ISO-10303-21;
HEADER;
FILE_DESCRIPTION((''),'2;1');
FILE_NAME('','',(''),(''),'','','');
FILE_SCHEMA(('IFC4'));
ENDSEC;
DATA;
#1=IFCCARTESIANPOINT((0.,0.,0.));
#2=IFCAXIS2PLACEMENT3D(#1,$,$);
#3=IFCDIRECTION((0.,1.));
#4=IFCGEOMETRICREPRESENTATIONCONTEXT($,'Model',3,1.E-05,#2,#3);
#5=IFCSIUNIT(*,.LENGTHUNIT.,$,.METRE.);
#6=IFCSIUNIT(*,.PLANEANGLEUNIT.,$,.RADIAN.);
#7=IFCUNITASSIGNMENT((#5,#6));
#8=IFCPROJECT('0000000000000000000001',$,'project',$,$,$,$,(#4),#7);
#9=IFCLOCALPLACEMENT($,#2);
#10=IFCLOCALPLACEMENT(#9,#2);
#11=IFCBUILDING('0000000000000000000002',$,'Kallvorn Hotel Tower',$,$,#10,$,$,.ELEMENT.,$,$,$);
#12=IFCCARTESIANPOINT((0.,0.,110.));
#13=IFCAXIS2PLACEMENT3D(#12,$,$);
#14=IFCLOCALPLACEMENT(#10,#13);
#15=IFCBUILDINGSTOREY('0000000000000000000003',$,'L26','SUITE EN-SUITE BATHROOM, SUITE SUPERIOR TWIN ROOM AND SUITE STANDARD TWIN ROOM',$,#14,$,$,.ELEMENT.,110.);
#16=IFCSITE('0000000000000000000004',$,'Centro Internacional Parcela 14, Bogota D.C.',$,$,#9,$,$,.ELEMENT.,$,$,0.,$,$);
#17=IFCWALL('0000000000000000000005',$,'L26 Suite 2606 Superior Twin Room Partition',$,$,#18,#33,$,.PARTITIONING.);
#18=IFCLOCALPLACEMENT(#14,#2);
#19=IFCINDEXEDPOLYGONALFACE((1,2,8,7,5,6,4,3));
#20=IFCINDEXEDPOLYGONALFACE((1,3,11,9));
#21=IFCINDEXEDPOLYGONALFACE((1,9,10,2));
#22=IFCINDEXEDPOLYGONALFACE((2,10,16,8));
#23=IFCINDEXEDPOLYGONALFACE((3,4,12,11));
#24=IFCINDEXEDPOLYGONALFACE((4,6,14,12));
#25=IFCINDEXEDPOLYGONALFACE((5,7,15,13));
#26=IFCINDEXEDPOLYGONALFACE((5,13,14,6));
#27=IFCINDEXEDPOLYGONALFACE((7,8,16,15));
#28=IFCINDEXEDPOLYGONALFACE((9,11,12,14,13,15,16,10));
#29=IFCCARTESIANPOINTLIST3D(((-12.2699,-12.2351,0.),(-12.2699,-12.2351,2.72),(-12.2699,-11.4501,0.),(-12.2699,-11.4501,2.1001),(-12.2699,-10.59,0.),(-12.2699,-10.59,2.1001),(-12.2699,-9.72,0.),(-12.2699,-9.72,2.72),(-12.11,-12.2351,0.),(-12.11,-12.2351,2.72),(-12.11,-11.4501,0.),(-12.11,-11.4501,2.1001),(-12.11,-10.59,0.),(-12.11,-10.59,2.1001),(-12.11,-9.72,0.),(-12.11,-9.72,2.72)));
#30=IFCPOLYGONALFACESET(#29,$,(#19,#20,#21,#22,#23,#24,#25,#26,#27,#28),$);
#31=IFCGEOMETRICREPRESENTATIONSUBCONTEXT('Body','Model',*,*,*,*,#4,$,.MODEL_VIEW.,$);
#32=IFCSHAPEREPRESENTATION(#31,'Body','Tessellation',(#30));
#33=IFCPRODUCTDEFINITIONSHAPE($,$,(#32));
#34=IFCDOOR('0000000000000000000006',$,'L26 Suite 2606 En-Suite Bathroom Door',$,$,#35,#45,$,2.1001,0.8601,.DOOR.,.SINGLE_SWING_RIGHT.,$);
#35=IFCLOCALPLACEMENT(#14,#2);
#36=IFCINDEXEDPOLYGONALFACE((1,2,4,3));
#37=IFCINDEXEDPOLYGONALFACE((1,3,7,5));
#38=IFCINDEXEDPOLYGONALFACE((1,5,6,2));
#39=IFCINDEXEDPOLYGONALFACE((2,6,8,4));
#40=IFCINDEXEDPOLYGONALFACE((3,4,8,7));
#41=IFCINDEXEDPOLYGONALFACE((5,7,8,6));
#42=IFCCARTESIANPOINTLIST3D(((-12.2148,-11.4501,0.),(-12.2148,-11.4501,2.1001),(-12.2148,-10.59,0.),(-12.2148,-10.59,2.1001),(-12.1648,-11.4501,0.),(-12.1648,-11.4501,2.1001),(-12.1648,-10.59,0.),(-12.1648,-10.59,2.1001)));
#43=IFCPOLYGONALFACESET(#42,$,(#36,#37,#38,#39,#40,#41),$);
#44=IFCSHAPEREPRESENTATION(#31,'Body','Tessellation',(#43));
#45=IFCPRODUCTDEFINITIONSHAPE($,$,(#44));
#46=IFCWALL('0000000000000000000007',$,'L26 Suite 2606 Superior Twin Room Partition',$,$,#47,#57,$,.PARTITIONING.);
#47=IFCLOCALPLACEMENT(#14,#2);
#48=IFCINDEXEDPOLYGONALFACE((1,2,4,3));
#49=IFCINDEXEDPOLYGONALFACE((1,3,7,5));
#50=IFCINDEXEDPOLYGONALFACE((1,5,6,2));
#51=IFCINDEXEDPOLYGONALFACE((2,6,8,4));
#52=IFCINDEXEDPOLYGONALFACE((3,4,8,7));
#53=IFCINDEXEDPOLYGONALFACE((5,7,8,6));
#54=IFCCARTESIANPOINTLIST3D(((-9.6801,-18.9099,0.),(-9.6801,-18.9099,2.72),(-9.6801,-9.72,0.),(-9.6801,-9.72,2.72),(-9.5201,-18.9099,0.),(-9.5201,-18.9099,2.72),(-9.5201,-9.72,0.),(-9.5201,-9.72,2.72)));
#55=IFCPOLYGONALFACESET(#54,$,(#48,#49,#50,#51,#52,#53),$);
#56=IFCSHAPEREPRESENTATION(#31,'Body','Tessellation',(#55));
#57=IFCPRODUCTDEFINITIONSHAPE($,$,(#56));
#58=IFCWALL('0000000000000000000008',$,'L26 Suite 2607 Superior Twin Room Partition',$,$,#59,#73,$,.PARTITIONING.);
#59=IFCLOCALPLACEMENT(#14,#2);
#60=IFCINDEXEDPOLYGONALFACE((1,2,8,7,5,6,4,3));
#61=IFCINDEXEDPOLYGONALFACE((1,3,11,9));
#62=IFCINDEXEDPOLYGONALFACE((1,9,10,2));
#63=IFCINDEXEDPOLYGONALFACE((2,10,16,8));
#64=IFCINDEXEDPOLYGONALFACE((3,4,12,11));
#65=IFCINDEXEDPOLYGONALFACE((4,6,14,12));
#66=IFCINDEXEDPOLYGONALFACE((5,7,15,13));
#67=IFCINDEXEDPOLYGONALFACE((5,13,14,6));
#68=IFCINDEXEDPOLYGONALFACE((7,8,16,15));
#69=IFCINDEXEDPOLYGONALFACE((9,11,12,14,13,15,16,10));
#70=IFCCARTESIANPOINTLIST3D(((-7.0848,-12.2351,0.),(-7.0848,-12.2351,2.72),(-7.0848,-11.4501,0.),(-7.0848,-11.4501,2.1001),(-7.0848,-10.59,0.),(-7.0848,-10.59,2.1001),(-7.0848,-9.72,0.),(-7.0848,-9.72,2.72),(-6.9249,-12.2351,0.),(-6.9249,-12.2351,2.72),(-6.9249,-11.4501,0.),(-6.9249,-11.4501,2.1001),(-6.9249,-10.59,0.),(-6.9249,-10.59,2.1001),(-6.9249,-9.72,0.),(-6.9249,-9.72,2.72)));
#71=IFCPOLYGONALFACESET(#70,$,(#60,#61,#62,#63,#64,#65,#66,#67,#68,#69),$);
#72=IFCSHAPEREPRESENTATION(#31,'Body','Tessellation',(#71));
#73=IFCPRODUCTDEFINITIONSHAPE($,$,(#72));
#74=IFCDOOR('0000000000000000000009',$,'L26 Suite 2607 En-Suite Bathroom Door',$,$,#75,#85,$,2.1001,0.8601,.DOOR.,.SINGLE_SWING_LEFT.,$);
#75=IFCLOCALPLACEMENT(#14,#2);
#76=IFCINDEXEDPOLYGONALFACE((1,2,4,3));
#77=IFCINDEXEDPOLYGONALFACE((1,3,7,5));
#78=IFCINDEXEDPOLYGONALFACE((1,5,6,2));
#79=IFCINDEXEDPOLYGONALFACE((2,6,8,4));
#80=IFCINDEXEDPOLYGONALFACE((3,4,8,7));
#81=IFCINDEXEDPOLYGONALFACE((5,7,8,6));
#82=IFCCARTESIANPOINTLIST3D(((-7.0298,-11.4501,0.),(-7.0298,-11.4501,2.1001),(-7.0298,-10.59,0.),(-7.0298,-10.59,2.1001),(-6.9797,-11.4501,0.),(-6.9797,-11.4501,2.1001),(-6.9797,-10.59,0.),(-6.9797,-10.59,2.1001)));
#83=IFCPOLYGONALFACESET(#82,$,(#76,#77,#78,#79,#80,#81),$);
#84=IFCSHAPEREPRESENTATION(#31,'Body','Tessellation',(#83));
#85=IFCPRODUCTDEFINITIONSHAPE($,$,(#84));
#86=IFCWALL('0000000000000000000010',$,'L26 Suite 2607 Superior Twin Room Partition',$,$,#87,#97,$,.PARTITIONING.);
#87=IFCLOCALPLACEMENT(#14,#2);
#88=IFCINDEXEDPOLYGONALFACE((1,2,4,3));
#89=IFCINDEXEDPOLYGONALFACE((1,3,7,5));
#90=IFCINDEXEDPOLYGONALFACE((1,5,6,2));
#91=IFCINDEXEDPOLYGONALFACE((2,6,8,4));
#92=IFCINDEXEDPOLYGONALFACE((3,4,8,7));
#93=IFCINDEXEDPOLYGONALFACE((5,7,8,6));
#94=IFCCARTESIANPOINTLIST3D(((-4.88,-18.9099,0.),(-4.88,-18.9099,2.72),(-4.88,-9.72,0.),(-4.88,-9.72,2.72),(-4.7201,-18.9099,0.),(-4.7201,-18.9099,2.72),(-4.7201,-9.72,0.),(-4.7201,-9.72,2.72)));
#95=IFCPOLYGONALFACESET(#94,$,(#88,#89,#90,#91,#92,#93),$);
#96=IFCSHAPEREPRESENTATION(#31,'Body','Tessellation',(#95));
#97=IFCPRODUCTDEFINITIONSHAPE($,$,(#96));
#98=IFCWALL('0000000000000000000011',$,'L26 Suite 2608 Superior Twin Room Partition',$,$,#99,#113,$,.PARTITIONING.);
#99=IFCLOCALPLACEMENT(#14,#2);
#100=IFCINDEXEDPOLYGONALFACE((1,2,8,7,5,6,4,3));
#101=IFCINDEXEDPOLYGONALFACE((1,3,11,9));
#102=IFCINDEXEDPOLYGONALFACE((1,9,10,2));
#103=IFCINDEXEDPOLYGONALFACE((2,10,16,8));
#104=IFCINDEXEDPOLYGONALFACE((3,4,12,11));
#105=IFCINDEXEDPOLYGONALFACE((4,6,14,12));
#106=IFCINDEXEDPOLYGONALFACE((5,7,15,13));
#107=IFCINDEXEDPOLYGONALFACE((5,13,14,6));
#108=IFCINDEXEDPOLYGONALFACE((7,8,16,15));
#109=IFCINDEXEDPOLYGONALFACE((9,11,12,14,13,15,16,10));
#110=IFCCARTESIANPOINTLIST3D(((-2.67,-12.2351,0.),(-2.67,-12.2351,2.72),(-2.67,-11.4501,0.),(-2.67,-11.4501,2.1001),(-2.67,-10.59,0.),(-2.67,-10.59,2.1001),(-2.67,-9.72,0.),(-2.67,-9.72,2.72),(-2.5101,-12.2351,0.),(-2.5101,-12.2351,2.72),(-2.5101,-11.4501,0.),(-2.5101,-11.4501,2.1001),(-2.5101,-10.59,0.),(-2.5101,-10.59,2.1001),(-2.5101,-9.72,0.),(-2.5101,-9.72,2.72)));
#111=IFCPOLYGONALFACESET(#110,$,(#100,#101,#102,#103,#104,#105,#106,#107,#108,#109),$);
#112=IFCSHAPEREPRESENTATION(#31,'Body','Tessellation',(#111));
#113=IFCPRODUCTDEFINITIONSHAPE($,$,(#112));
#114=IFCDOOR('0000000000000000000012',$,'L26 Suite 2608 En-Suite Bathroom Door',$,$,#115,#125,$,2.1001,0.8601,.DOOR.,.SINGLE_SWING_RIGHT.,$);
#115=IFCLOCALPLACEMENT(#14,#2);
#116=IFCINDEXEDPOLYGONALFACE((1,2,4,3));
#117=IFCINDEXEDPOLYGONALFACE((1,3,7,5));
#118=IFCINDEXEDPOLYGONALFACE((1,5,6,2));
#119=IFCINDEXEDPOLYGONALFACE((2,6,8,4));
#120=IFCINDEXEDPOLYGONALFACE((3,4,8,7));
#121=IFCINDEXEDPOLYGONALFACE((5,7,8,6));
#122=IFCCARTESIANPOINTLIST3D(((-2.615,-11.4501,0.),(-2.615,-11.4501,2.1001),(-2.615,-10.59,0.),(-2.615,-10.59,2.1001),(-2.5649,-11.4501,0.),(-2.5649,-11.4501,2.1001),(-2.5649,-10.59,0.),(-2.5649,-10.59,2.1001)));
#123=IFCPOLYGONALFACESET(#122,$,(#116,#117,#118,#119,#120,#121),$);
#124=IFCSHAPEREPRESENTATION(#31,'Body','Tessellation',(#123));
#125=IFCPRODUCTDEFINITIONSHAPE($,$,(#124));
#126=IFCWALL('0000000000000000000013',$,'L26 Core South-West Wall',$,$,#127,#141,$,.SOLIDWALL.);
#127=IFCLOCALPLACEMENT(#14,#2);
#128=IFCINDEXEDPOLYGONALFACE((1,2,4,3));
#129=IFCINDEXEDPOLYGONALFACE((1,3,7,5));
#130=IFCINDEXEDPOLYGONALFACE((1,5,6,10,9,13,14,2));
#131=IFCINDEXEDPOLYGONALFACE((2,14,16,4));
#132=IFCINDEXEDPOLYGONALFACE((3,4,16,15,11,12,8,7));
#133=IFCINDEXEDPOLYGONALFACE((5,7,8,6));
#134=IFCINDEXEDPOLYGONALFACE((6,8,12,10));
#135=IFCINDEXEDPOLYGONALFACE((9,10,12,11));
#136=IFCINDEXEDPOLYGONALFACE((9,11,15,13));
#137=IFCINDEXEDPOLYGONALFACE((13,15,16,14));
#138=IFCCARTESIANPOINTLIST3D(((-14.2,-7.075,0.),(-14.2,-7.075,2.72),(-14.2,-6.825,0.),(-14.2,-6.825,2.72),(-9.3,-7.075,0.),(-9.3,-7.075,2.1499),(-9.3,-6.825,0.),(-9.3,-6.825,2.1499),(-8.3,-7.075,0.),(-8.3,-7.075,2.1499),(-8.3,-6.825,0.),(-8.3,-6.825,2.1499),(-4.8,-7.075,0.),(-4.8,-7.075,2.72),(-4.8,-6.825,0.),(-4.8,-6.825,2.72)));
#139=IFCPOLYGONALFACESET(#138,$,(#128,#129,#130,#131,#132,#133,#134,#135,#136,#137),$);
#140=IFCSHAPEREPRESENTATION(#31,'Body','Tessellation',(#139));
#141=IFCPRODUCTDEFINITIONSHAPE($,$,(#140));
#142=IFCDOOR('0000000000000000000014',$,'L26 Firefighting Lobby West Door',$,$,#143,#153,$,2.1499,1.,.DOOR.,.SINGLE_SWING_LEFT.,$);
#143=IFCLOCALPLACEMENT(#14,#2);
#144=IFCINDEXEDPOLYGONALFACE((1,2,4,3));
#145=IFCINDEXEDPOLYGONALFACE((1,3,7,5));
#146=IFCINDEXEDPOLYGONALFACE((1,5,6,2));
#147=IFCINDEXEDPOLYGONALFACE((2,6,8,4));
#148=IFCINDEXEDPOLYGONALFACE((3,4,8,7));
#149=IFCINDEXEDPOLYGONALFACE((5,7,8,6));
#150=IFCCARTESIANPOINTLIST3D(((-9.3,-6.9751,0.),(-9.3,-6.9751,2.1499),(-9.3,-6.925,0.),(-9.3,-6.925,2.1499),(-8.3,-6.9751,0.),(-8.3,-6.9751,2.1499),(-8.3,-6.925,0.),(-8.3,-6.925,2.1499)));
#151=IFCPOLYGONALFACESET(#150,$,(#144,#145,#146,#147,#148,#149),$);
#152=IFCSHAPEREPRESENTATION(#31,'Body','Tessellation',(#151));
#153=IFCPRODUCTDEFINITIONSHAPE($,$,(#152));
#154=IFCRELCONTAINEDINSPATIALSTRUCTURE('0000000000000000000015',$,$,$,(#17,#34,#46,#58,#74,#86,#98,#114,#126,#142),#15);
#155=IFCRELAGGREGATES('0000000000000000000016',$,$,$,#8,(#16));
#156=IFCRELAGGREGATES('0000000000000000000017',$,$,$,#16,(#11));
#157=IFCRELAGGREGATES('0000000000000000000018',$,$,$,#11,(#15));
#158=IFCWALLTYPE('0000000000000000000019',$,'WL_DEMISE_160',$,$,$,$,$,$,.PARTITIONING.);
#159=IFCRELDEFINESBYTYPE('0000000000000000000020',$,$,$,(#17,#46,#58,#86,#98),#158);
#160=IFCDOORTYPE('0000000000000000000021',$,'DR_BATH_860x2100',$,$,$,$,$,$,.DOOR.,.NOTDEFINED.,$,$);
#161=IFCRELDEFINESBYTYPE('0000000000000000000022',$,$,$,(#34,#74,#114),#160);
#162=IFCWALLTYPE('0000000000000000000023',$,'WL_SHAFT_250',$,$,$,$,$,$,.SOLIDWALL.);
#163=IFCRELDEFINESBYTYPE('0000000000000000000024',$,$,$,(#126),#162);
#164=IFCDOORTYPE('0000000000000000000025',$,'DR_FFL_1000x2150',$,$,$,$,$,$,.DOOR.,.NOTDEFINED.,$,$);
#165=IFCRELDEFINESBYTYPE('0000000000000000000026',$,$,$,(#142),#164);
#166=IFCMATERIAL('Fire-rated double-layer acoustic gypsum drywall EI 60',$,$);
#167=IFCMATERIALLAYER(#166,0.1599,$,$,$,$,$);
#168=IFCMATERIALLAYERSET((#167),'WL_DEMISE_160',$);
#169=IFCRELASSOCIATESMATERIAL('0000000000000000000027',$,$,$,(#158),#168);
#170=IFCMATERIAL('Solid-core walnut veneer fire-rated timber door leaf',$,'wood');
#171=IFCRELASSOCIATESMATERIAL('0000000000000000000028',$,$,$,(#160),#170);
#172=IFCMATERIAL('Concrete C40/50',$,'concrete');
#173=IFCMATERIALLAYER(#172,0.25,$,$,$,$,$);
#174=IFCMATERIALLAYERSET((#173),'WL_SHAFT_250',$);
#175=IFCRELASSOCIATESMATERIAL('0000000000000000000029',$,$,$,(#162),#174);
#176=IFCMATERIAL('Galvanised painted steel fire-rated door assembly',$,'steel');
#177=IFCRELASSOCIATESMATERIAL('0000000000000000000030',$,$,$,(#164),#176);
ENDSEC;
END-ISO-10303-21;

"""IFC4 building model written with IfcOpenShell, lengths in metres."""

from ifc_helpers import new_model, si_unit, direction, frame, frame_2d, origin, place, context, subcontext, project, spatial, rectangle, extrude, material, layer, layer_set, type_object, element, fill, save


model = new_model("IFC4")

# Units and contexts
model_context = context("Model", 3, precision=1e-05, world=origin(), true_north=direction((0.0, 1.0)))
body_context = subcontext(model_context, "Body", "Model", "MODEL_VIEW")
ifc_project = project(units=[si_unit("LENGTHUNIT", "METRE"), si_unit("PLANEANGLEUNIT", "RADIAN")], contexts=[model_context])

# Site, building, storey
site_placement = place(None, origin())
site = spatial("IfcSite", under=ifc_project, at=site_placement, Name="Centro Internacional Parcela 14, Bogota D.C.", CompositionType="ELEMENT", RefElevation=0.0)
building_placement = place(site_placement, origin())
building = spatial("IfcBuilding", under=site, at=building_placement, Name="Kallvorn Hotel Tower", CompositionType="ELEMENT")
storey_placement = place(building_placement, frame((0.0, 0.0, 110.0)))
storey = spatial("IfcBuildingStorey", under=building, at=storey_placement, Name="L26", Description="SUITE EN-SUITE BATHROOM, SUITE SUPERIOR TWIN ROOM AND SUITE STANDARD TWIN ROOM", CompositionType="ELEMENT", Elevation=110.0)

# Shared definitions
ifc_material_1 = material(Name="Fire-rated double-layer acoustic gypsum drywall EI 60")
ifc_layer_1 = layer(ifc_material_1, 0.1599)
ifc_layer_set_1 = layer_set([ifc_layer_1], Name="WL_DEMISE_160")
wall_type_1 = type_object("IfcWallType", Name="WL_DEMISE_160", PredefinedType="PARTITIONING", material=ifc_layer_set_1)

# Wall, opening, door
wall_1_placement = place(storey_placement, frame((-12.1899, -12.2351, 0.0), z_axis=(0.0, 0.0, 1.0), x_axis=(0.0, 1.0, 0.0)))
wall_1 = element("IfcWall", 1, at=wall_1_placement, inside=storey, type_object=wall_type_1, Name="L26 Suite 2606 Superior Twin Room Partition", PredefinedType="PARTITIONING", context=body_context, shape_type="SweptSolid", body=[
    extrude(rectangle(XDim=2.5151, YDim=0.1599, at=frame_2d((1.2576, 0.0))), origin(), (0.0, 0.0, 1.0), 2.72),
])
opening_1_placement = place(wall_1_placement, frame((0.7849, 0.0, 0.0)))
opening_1 = element("IfcOpeningElement", 2, at=opening_1_placement, cuts=wall_1, PredefinedType="OPENING", context=body_context, shape_type="SweptSolid", body=[
    extrude(rectangle(XDim=0.8601, YDim=2.1001, at=frame_2d((0.4302, 1.05))), frame((0.0, 0.095, 0.0), z_axis=(0.0, -1.0, 0.0), x_axis=(1.0, 0.0, 0.0)), (0.0, 0.0, 1.0), 0.1899),
])
ifc_material_2 = material(Name="Solid-core walnut veneer fire-rated timber door leaf", Category="wood")
door_type_1 = type_object("IfcDoorType", Name="DR_BATH_860x2100", OperationType="NOTDEFINED", PredefinedType="DOOR", material=ifc_material_2)
door_1_placement = place(opening_1_placement, origin())
door_1 = element("IfcDoor", 3, at=door_1_placement, inside=storey, type_object=door_type_1, Name="L26 Suite 2606 En-Suite Bathroom Door", OperationType="SINGLE_SWING_RIGHT", OverallHeight=2.1001, OverallWidth=0.8601, PredefinedType="DOOR", context=body_context, shape_type="SweptSolid", body=[
    extrude(rectangle(XDim=0.8601, YDim=2.1001, at=frame_2d((0.4302, 1.05))), frame((0.0, 0.0249, 0.0), z_axis=(0.0, -1.0, 0.0), x_axis=(1.0, 0.0, 0.0)), (0.0, 0.0, 1.0), 0.05),
])
fill(opening_1, door_1)

# Wall
wall_2_placement = place(storey_placement, frame((-9.6001, -18.9099, 0.0), z_axis=(0.0, 0.0, 1.0), x_axis=(0.0, 1.0, 0.0)))
element("IfcWall", 4, at=wall_2_placement, inside=storey, type_object=wall_type_1, Name="L26 Suite 2606 Superior Twin Room Partition", PredefinedType="PARTITIONING", context=body_context, shape_type="SweptSolid", body=[
    extrude(rectangle(XDim=9.1899, YDim=0.1599, at=frame_2d((4.595, 0.0))), origin(), (0.0, 0.0, 1.0), 2.72),
])

# Wall, opening, door
wall_3_placement = place(storey_placement, frame((-7.0049, -12.2351, 0.0), z_axis=(0.0, 0.0, 1.0), x_axis=(0.0, 1.0, 0.0)))
wall_3 = element("IfcWall", 5, at=wall_3_placement, inside=storey, type_object=wall_type_1, Name="L26 Suite 2607 Superior Twin Room Partition", PredefinedType="PARTITIONING", context=body_context, shape_type="SweptSolid", body=[
    extrude(rectangle(XDim=2.5151, YDim=0.1599, at=frame_2d((1.2576, 0.0))), origin(), (0.0, 0.0, 1.0), 2.72),
])
opening_2_placement = place(wall_3_placement, frame((0.7849, 0.0, 0.0)))
opening_2 = element("IfcOpeningElement", 6, at=opening_2_placement, cuts=wall_3, PredefinedType="OPENING", context=body_context, shape_type="SweptSolid", body=[
    extrude(rectangle(XDim=0.8601, YDim=2.1001, at=frame_2d((0.4302, 1.05))), frame((0.0, 0.095, 0.0), z_axis=(0.0, -1.0, 0.0), x_axis=(1.0, 0.0, 0.0)), (0.0, 0.0, 1.0), 0.1899),
])
door_2_placement = place(opening_2_placement, origin())
door_2 = element("IfcDoor", 7, at=door_2_placement, inside=storey, type_object=door_type_1, Name="L26 Suite 2607 En-Suite Bathroom Door", OperationType="SINGLE_SWING_LEFT", OverallHeight=2.1001, OverallWidth=0.8601, PredefinedType="DOOR", context=body_context, shape_type="SweptSolid", body=[
    extrude(rectangle(XDim=0.8601, YDim=2.1001, at=frame_2d((0.4302, 1.05))), frame((0.0, 0.0249, 0.0), z_axis=(0.0, -1.0, 0.0), x_axis=(1.0, 0.0, 0.0)), (0.0, 0.0, 1.0), 0.05),
])
fill(opening_2, door_2)

# Wall
wall_4_placement = place(storey_placement, frame((-4.8, -18.9099, 0.0), z_axis=(0.0, 0.0, 1.0), x_axis=(0.0, 1.0, 0.0)))
element("IfcWall", 8, at=wall_4_placement, inside=storey, type_object=wall_type_1, Name="L26 Suite 2607 Superior Twin Room Partition", PredefinedType="PARTITIONING", context=body_context, shape_type="SweptSolid", body=[
    extrude(rectangle(XDim=9.1899, YDim=0.1599, at=frame_2d((4.595, 0.0))), origin(), (0.0, 0.0, 1.0), 2.72),
])

# Walls, openings, doors
wall_5_placement = place(storey_placement, frame((-2.5901, -12.2351, 0.0), z_axis=(0.0, 0.0, 1.0), x_axis=(0.0, 1.0, 0.0)))
wall_5 = element("IfcWall", 9, at=wall_5_placement, inside=storey, type_object=wall_type_1, Name="L26 Suite 2608 Superior Twin Room Partition", PredefinedType="PARTITIONING", context=body_context, shape_type="SweptSolid", body=[
    extrude(rectangle(XDim=2.5151, YDim=0.1599, at=frame_2d((1.2576, 0.0))), origin(), (0.0, 0.0, 1.0), 2.72),
])
opening_3_placement = place(wall_5_placement, frame((0.7849, 0.0, 0.0)))
opening_3 = element("IfcOpeningElement", 10, at=opening_3_placement, cuts=wall_5, PredefinedType="OPENING", context=body_context, shape_type="SweptSolid", body=[
    extrude(rectangle(XDim=0.8601, YDim=2.1001, at=frame_2d((0.4302, 1.05))), frame((0.0, 0.095, 0.0), z_axis=(0.0, -1.0, 0.0), x_axis=(1.0, 0.0, 0.0)), (0.0, 0.0, 1.0), 0.1899),
])
door_3_placement = place(opening_3_placement, origin())
door_3 = element("IfcDoor", 11, at=door_3_placement, inside=storey, type_object=door_type_1, Name="L26 Suite 2608 En-Suite Bathroom Door", OperationType="SINGLE_SWING_RIGHT", OverallHeight=2.1001, OverallWidth=0.8601, PredefinedType="DOOR", context=body_context, shape_type="SweptSolid", body=[
    extrude(rectangle(XDim=0.8601, YDim=2.1001, at=frame_2d((0.4302, 1.05))), frame((0.0, 0.0249, 0.0), z_axis=(0.0, -1.0, 0.0), x_axis=(1.0, 0.0, 0.0)), (0.0, 0.0, 1.0), 0.05),
])
fill(opening_3, door_3)
ifc_material_3 = material(Name="Concrete C40/50", Category="concrete")
ifc_layer_2 = layer(ifc_material_3, 0.25)
ifc_layer_set_2 = layer_set([ifc_layer_2], Name="WL_SHAFT_250")
wall_type_2 = type_object("IfcWallType", Name="WL_SHAFT_250", PredefinedType="SOLIDWALL", material=ifc_layer_set_2)
wall_6_placement = place(storey_placement, frame((-14.2, -6.95, 0.0), z_axis=(0.0, 0.0, 1.0), x_axis=(1.0, 0.0, 0.0)))
wall_6 = element("IfcWall", 12, at=wall_6_placement, inside=storey, type_object=wall_type_2, Name="L26 Core South-West Wall", PredefinedType="SOLIDWALL", context=body_context, shape_type="SweptSolid", body=[
    extrude(rectangle(XDim=9.3999, YDim=0.25, at=frame_2d((4.7, 0.0))), origin(), (0.0, 0.0, 1.0), 2.72),
])
opening_4_placement = place(wall_6_placement, frame((4.8999, 0.0, 0.0)))
opening_4 = element("IfcOpeningElement", 13, at=opening_4_placement, cuts=wall_6, PredefinedType="OPENING", context=body_context, shape_type="SweptSolid", body=[
    extrude(rectangle(XDim=1.0, YDim=2.1499, at=frame_2d((0.5, 1.075))), frame((0.0, 0.1399, 0.0), z_axis=(0.0, -1.0, 0.0), x_axis=(1.0, 0.0, 0.0)), (0.0, 0.0, 1.0), 0.28),
])
ifc_material_4 = material(Name="Galvanised painted steel fire-rated door assembly", Category="steel")
door_type_2 = type_object("IfcDoorType", Name="DR_FFL_1000x2150", OperationType="NOTDEFINED", PredefinedType="DOOR", material=ifc_material_4)
door_4_placement = place(opening_4_placement, origin())
door_4 = element("IfcDoor", 14, at=door_4_placement, inside=storey, type_object=door_type_2, Name="L26 Firefighting Lobby West Door", OperationType="SINGLE_SWING_LEFT", OverallHeight=2.1499, OverallWidth=1.0, PredefinedType="DOOR", context=body_context, shape_type="SweptSolid", body=[
    extrude(rectangle(XDim=1.0, YDim=2.1499, at=frame_2d((0.5, 1.075))), frame((0.0, 0.0249, 0.0), z_axis=(0.0, -1.0, 0.0), x_axis=(1.0, 0.0, 0.0)), (0.0, 0.0, 1.0), 0.05),
])
fill(opening_4, door_4)

save(model, "model.ifc")
